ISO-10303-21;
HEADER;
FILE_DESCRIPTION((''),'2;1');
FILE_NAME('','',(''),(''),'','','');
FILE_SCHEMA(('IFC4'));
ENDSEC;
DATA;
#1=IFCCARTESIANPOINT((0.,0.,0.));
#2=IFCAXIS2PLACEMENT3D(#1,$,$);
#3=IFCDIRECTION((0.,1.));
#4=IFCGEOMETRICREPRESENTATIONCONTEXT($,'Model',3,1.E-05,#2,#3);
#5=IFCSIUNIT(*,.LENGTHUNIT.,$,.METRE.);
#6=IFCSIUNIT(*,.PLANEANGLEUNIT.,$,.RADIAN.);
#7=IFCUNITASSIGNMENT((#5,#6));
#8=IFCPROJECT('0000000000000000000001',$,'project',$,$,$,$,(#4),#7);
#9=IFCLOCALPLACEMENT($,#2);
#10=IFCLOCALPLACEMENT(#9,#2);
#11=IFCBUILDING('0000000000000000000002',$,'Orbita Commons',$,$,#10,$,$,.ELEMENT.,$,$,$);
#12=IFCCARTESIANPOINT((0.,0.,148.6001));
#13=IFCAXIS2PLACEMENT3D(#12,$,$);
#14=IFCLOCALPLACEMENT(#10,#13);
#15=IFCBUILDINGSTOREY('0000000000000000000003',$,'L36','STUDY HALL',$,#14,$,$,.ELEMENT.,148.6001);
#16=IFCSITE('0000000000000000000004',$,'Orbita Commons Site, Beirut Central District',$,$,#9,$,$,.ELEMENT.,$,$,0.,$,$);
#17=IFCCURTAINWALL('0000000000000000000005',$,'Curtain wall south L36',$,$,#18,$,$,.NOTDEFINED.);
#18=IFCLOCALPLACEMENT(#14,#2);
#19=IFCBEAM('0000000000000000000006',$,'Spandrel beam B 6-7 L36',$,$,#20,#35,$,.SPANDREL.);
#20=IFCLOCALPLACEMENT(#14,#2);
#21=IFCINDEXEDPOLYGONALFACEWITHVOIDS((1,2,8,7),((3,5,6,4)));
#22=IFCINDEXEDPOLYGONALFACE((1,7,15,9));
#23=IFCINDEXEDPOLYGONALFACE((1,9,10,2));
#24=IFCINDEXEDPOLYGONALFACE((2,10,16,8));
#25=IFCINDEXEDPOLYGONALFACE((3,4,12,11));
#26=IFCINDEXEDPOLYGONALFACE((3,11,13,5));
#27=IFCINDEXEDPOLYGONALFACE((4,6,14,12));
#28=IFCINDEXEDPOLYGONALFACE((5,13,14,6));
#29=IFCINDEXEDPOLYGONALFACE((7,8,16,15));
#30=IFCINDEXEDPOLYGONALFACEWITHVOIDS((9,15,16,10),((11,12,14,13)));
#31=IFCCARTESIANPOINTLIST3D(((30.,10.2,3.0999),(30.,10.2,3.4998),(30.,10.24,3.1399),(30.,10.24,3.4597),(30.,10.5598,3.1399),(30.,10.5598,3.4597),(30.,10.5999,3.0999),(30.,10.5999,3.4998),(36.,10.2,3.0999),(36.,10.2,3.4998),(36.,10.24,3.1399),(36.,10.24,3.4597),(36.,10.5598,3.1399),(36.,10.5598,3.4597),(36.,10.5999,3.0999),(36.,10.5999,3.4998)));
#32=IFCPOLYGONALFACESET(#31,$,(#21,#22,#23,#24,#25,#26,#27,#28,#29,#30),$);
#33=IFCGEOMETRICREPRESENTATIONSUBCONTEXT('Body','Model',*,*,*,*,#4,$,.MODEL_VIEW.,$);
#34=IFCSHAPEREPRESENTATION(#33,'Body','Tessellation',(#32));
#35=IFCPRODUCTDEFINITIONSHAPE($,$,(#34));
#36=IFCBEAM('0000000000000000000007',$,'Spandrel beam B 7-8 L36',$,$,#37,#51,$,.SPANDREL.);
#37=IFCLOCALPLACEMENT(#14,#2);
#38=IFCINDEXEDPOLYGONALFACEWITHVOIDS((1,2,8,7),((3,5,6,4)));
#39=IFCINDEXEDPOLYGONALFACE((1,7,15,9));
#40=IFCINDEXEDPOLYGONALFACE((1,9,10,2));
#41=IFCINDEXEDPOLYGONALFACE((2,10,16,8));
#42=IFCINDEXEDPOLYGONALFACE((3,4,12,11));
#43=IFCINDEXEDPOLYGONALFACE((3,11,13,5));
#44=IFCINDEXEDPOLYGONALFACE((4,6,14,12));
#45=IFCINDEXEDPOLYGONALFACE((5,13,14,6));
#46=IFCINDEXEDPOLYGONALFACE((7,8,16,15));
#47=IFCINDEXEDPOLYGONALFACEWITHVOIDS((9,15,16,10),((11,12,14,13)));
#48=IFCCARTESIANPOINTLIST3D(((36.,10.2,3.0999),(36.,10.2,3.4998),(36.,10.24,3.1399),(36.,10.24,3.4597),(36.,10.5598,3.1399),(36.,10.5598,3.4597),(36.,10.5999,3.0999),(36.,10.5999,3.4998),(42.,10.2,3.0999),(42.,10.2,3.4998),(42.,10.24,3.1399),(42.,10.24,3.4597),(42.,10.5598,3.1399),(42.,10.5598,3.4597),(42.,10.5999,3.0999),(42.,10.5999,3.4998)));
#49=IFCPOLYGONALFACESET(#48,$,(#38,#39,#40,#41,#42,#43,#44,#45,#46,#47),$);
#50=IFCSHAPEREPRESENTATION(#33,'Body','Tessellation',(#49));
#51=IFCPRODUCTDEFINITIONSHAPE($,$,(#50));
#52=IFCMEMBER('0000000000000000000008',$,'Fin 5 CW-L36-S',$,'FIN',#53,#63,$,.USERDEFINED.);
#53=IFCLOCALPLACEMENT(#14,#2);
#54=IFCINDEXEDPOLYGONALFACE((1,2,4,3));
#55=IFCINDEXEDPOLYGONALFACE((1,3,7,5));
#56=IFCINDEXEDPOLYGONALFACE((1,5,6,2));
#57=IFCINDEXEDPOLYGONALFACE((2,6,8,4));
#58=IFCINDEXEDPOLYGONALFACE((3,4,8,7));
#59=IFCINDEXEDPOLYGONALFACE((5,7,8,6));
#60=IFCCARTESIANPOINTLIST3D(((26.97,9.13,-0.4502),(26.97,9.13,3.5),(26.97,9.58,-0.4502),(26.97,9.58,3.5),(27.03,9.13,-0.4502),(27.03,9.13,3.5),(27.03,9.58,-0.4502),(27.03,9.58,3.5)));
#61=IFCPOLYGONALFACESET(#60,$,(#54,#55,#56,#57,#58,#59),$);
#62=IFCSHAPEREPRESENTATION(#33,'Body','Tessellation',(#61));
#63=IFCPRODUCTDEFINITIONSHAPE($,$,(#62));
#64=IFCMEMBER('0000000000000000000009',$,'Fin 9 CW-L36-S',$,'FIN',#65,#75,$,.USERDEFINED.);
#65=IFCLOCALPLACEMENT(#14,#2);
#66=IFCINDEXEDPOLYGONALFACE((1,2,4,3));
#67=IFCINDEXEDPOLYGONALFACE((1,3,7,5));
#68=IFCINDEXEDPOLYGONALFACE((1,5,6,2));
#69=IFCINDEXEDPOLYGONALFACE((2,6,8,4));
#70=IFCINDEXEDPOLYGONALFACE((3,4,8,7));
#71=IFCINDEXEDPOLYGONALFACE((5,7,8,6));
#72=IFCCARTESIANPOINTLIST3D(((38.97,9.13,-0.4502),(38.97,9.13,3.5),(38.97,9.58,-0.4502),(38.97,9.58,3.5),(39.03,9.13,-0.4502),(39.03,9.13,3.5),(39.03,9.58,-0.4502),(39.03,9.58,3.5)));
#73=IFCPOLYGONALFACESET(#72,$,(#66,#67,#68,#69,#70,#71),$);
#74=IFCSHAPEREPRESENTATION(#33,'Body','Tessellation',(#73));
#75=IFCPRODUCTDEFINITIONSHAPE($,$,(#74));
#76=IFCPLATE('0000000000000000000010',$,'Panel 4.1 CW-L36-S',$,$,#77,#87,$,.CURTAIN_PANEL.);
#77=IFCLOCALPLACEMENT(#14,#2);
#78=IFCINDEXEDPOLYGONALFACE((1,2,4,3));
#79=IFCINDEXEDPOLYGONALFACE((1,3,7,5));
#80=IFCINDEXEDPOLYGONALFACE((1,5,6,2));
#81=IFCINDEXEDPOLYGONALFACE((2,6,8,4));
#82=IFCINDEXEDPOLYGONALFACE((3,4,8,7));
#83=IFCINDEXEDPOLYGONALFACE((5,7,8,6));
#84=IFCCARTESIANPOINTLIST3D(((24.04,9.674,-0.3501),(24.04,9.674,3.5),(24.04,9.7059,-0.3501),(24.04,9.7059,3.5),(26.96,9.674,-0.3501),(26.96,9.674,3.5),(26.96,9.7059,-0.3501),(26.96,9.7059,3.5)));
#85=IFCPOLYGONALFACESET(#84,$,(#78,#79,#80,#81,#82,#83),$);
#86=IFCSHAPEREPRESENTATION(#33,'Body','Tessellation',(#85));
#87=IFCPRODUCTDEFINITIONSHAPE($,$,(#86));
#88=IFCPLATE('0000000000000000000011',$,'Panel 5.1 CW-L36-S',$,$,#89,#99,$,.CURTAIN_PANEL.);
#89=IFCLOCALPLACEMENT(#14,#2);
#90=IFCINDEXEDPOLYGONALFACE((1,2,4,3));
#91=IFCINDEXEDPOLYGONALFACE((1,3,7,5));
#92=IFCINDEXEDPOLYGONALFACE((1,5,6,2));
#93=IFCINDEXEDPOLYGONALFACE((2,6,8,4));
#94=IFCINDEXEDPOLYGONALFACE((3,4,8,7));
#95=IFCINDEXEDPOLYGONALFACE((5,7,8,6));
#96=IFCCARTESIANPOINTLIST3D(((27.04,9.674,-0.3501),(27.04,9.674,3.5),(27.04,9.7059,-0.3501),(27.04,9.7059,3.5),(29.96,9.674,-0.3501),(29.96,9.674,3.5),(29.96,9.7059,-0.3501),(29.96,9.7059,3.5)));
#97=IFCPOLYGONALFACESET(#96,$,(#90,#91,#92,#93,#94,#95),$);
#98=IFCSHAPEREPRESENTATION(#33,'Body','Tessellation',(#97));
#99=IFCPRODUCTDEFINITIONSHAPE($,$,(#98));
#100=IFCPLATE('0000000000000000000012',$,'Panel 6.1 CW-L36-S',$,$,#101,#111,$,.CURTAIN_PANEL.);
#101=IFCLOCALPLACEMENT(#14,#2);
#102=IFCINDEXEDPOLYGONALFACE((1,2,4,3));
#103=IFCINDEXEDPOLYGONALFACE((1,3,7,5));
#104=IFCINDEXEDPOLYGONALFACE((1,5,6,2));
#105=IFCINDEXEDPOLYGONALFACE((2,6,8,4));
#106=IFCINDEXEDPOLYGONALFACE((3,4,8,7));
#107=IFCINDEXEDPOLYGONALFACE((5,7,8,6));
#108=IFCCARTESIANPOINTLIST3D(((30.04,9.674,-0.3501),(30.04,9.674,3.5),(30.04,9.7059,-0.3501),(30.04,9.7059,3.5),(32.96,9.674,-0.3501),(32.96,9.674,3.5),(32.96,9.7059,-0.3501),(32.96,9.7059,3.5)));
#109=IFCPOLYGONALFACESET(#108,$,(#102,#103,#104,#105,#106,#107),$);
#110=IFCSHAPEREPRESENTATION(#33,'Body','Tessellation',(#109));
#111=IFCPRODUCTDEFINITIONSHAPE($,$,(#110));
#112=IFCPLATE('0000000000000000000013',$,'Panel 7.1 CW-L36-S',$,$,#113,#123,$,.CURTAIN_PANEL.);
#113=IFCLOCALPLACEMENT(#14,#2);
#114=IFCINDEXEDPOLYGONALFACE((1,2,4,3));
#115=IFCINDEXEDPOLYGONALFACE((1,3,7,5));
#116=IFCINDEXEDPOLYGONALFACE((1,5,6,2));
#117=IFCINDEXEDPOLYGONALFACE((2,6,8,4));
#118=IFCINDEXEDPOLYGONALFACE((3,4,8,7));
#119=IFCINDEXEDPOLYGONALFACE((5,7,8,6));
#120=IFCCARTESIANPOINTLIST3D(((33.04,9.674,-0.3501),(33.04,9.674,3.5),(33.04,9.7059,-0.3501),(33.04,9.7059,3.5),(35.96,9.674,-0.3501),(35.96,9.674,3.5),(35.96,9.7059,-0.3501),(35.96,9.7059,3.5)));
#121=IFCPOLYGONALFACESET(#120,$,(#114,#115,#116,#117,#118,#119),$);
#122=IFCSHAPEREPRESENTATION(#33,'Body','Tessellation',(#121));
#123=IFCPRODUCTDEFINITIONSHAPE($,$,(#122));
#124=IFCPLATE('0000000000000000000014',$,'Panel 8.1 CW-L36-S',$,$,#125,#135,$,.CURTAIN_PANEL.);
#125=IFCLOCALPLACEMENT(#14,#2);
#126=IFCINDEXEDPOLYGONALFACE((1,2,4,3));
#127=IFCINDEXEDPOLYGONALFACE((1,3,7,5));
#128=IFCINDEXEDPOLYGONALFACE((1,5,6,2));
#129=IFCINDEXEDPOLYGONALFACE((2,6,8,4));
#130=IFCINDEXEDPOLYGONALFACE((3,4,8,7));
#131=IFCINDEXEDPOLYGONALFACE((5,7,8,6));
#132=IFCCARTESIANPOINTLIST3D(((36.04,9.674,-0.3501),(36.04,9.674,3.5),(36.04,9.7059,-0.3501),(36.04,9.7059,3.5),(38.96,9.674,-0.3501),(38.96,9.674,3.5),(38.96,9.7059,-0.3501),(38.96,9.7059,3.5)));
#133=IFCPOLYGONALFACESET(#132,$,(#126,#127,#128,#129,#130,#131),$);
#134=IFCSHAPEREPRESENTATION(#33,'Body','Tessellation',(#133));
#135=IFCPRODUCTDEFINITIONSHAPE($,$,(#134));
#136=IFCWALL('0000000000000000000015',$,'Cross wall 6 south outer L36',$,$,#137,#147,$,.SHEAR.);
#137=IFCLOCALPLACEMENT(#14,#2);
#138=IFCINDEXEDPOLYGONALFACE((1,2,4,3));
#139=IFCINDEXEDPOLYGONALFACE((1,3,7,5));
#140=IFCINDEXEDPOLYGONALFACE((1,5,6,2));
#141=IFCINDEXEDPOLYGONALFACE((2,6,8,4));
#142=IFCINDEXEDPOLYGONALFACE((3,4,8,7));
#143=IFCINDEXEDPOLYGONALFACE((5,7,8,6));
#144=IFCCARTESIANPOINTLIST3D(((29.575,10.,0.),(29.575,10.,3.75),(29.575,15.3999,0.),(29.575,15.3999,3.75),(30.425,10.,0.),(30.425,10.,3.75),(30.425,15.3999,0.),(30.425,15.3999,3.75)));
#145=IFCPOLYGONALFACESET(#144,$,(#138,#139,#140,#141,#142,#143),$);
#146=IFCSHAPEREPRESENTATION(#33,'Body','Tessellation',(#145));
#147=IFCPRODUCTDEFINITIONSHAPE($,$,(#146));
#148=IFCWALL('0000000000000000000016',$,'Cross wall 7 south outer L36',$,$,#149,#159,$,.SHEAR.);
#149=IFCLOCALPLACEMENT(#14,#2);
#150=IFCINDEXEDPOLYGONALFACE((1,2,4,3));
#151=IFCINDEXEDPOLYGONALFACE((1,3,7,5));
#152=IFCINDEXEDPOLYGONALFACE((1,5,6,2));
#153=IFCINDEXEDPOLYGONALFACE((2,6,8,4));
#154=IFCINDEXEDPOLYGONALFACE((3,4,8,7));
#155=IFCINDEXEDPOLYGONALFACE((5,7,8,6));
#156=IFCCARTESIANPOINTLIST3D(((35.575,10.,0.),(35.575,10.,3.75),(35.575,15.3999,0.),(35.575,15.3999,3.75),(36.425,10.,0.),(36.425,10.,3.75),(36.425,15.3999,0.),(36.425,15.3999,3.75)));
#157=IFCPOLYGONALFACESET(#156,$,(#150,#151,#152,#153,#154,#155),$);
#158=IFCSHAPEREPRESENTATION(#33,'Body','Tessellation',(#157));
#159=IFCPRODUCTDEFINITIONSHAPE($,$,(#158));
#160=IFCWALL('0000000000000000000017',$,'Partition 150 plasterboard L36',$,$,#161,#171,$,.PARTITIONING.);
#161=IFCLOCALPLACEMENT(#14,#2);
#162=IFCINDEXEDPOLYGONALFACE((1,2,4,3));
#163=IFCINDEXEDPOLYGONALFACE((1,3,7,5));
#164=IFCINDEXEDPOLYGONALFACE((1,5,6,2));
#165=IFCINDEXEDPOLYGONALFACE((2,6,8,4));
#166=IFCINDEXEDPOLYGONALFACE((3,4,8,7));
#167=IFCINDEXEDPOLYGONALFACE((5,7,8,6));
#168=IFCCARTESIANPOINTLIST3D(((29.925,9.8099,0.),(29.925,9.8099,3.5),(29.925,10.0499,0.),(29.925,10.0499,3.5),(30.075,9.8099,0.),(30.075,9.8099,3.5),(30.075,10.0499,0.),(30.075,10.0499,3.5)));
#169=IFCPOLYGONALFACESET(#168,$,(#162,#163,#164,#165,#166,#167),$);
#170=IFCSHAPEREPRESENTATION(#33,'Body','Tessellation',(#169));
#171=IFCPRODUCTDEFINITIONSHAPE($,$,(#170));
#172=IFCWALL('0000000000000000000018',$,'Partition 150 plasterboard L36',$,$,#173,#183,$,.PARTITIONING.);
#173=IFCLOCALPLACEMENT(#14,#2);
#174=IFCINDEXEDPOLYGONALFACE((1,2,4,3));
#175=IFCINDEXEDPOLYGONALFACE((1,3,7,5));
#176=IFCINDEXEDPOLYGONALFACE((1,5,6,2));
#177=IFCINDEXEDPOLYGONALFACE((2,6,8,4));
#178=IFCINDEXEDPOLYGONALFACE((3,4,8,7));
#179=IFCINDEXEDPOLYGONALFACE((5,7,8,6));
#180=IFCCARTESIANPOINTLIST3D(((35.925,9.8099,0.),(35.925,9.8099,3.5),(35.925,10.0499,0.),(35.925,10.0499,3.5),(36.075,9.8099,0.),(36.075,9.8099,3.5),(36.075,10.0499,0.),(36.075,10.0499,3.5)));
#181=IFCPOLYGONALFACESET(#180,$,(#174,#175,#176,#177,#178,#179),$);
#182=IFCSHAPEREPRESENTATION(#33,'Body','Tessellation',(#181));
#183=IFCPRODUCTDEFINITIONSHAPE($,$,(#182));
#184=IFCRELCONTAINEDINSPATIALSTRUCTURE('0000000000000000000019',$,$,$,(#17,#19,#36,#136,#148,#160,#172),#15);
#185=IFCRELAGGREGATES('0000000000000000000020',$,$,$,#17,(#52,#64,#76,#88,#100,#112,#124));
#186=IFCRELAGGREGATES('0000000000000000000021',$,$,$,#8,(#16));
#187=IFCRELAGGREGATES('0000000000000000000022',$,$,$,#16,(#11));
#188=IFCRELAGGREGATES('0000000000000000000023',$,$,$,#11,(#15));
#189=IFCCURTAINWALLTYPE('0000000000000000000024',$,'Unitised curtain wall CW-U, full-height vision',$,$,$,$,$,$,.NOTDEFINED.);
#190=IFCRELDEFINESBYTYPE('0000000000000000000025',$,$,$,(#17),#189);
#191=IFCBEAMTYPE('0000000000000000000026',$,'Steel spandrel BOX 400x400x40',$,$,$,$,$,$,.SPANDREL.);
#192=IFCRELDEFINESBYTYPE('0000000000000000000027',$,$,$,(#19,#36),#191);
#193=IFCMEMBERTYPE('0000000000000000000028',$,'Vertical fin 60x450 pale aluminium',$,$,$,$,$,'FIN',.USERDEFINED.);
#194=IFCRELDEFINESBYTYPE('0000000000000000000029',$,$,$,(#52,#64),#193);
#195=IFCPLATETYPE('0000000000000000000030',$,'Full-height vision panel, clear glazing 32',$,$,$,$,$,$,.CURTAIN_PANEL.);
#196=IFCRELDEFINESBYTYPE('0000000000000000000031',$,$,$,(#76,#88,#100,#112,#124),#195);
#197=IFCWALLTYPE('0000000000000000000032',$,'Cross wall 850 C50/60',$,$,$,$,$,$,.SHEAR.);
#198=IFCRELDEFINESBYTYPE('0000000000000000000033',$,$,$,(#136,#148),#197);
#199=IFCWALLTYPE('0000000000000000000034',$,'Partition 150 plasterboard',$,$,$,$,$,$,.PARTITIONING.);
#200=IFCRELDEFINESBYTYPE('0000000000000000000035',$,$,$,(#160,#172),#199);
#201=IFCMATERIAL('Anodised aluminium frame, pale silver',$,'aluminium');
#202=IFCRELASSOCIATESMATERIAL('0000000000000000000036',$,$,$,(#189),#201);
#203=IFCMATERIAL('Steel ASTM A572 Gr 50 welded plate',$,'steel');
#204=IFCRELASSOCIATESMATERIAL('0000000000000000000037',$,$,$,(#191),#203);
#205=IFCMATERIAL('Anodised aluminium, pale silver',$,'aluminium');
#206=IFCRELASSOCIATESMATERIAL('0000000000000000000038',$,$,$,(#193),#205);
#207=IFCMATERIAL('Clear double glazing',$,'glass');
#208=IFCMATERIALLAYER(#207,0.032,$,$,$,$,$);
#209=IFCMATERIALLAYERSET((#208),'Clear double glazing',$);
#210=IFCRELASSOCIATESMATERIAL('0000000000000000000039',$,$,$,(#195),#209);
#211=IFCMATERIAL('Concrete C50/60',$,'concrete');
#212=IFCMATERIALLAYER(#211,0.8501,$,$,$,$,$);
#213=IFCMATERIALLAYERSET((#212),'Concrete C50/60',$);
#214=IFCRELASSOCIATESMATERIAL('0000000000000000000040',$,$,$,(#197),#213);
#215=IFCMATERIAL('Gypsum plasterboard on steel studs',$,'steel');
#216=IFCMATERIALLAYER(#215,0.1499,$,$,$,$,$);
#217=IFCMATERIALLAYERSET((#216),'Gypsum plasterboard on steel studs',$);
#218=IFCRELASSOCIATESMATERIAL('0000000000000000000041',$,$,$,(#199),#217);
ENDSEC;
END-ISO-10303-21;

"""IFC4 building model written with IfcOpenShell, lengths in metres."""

from ifc_helpers import new_model, si_unit, direction, frame, frame_2d, origin, origin_2d, place, context, subcontext, project, spatial, rectangle, hollow_rectangle, extrude, material, layer, layer_set, material_profile, profile_set, type_object, element, aggregate, save


model = new_model("IFC4")

# Units and contexts
model_context = context("Model", 3, precision=1e-05, world=origin(), true_north=direction((0.0, 1.0)))
body_context = subcontext(model_context, "Body", "Model", "MODEL_VIEW")
ifc_project = project(units=[si_unit("LENGTHUNIT", "METRE"), si_unit("PLANEANGLEUNIT", "RADIAN")], contexts=[model_context])

# Site, building, storey
site_placement = place(None, origin())
site = spatial("IfcSite", under=ifc_project, at=site_placement, Name="Orbita Commons Site, Beirut Central District", CompositionType="ELEMENT", RefElevation=0.0)
building_placement = place(site_placement, origin())
building = spatial("IfcBuilding", under=site, at=building_placement, Name="Orbita Commons", CompositionType="ELEMENT")
storey_placement = place(building_placement, frame((0.0, 0.0, 148.6001)))
storey = spatial("IfcBuildingStorey", under=building, at=storey_placement, Name="L36", Description="STUDY HALL", CompositionType="ELEMENT", Elevation=148.6001)

# Curtain wall
ifc_material_1 = material(Name="Anodised aluminium frame, pale silver", Category="aluminium")
curtain_wall_type = type_object("IfcCurtainWallType", Name="Unitised curtain wall CW-U, full-height vision", PredefinedType="NOTDEFINED", material=ifc_material_1)
curtain_wall_placement = place(storey_placement, origin())
curtain_wall = element("IfcCurtainWall", 1, at=curtain_wall_placement, inside=storey, type_object=curtain_wall_type, Name="Curtain wall south L36", PredefinedType="NOTDEFINED")

# Beams
ifc_material_2 = material(Name="Steel ASTM A572 Gr 50 welded plate", Category="steel")
ifc_material_profile_1 = material_profile(ifc_material_2, hollow_rectangle(XDim=0.3999, YDim=0.3999, WallThickness=0.04, at=origin_2d()), Name="BOX 400x400x40")
ifc_profile_set_1 = profile_set([ifc_material_profile_1], Name="Steel ASTM A572 Gr 50 welded plate")
beam_type = type_object("IfcBeamType", Name="Steel spandrel BOX 400x400x40", PredefinedType="SPANDREL", material=ifc_profile_set_1)
for number, where, z_axis, x_axis, name in (
    (2, (30.0, 10.3999, 3.2998), (1.0, 0.0, 0.0), (0.0, 1.0, 0.0), "Spandrel beam B 6-7 L36"),
    (3, (36.0, 10.3999, 3.2998), (1.0, 0.0, 0.0), (0.0, 1.0, 0.0), "Spandrel beam B 7-8 L36"),
):
    element("IfcBeam", number, at=place(storey_placement, frame(where, z_axis=z_axis, x_axis=x_axis)), inside=storey, type_object=beam_type, Name=name, PredefinedType="SPANDREL", context=body_context, shape_type="SweptSolid", body=[
        extrude(hollow_rectangle(XDim=0.3999, YDim=0.3999, WallThickness=0.04, at=origin_2d()), origin(), (0.0, 0.0, 1.0), 6.0),
    ])

# Members
ifc_material_3 = material(Name="Anodised aluminium, pale silver", Category="aluminium")
ifc_material_profile_2 = material_profile(ifc_material_3, rectangle(XDim=0.0601, YDim=0.45, at=origin_2d()), Name="FIN 60x450")
ifc_profile_set_2 = profile_set([ifc_material_profile_2], Name="Anodised aluminium, pale silver")
member_type_1 = type_object("IfcMemberType", Name="Vertical fin 60x450 pale aluminium", ElementType="FIN", PredefinedType="USERDEFINED", material=ifc_profile_set_2)
member_1_placement = place(storey_placement, frame((27.0, 9.355, -0.4502), z_axis=(0.0, 0.0, 1.0), x_axis=(1.0, 0.0, 0.0)))
member_1 = element("IfcMember", 4, at=member_1_placement, type_object=member_type_1, Name="Fin 5 CW-L36-S", ObjectType="FIN", PredefinedType="USERDEFINED", context=body_context, shape_type="SweptSolid", body=[
    extrude(rectangle(XDim=0.0601, YDim=0.45, at=origin_2d()), origin(), (0.0, 0.0, 1.0), 3.9502),
])
member_2_placement = place(storey_placement, frame((39.0, 9.355, -0.4502), z_axis=(0.0, 0.0, 1.0), x_axis=(1.0, 0.0, 0.0)))
member_2 = element("IfcMember", 5, at=member_2_placement, type_object=member_type_1, Name="Fin 9 CW-L36-S", ObjectType="FIN", PredefinedType="USERDEFINED", context=body_context, shape_type="SweptSolid", body=[
    extrude(rectangle(XDim=0.0601, YDim=0.45, at=origin_2d()), origin(), (0.0, 0.0, 1.0), 3.9502),
])

# Plates
ifc_material_4 = material(Name="Clear double glazing", Category="glass")
ifc_layer_1 = layer(ifc_material_4, 0.032)
ifc_layer_set_1 = layer_set([ifc_layer_1], Name="Clear double glazing")
plate_type = type_object("IfcPlateType", Name="Full-height vision panel, clear glazing 32", PredefinedType="CURTAIN_PANEL", material=ifc_layer_set_1)
plate_1_placement = place(storey_placement, frame((25.5, 9.6899, -0.3501), z_axis=(0.0, 0.0, 1.0), x_axis=(1.0, 0.0, 0.0)))
plate_1 = element("IfcPlate", 6, at=plate_1_placement, type_object=plate_type, Name="Panel 4.1 CW-L36-S", PredefinedType="CURTAIN_PANEL", context=body_context, shape_type="SweptSolid", body=[
    extrude(rectangle(XDim=2.9199, YDim=0.032, at=origin_2d()), origin(), (0.0, 0.0, 1.0), 3.8501),
])
plate_2_placement = place(storey_placement, frame((28.5, 9.6899, -0.3501), z_axis=(0.0, 0.0, 1.0), x_axis=(1.0, 0.0, 0.0)))
plate_2 = element("IfcPlate", 7, at=plate_2_placement, type_object=plate_type, Name="Panel 5.1 CW-L36-S", PredefinedType="CURTAIN_PANEL", context=body_context, shape_type="SweptSolid", body=[
    extrude(rectangle(XDim=2.9199, YDim=0.032, at=origin_2d()), origin(), (0.0, 0.0, 1.0), 3.8501),
])
plate_3_placement = place(storey_placement, frame((31.5, 9.6899, -0.3501), z_axis=(0.0, 0.0, 1.0), x_axis=(1.0, 0.0, 0.0)))
plate_3 = element("IfcPlate", 8, at=plate_3_placement, type_object=plate_type, Name="Panel 6.1 CW-L36-S", PredefinedType="CURTAIN_PANEL", context=body_context, shape_type="SweptSolid", body=[
    extrude(rectangle(XDim=2.9199, YDim=0.032, at=origin_2d()), origin(), (0.0, 0.0, 1.0), 3.8501),
])
plate_4_placement = place(storey_placement, frame((34.5, 9.6899, -0.3501), z_axis=(0.0, 0.0, 1.0), x_axis=(1.0, 0.0, 0.0)))
plate_4 = element("IfcPlate", 9, at=plate_4_placement, type_object=plate_type, Name="Panel 7.1 CW-L36-S", PredefinedType="CURTAIN_PANEL", context=body_context, shape_type="SweptSolid", body=[
    extrude(rectangle(XDim=2.9199, YDim=0.032, at=origin_2d()), origin(), (0.0, 0.0, 1.0), 3.8501),
])
plate_5_placement = place(storey_placement, frame((37.5, 9.6899, -0.3501), z_axis=(0.0, 0.0, 1.0), x_axis=(1.0, 0.0, 0.0)))
plate_5 = element("IfcPlate", 10, at=plate_5_placement, type_object=plate_type, Name="Panel 8.1 CW-L36-S", PredefinedType="CURTAIN_PANEL", context=body_context, shape_type="SweptSolid", body=[
    extrude(rectangle(XDim=2.9199, YDim=0.032, at=origin_2d()), origin(), (0.0, 0.0, 1.0), 3.8501),
])
aggregate(curtain_wall, [member_1, member_2, plate_1, plate_2, plate_3, plate_4, plate_5])

# Walls
ifc_material_5 = material(Name="Concrete C50/60", Category="concrete")
ifc_layer_2 = layer(ifc_material_5, 0.8501)
ifc_layer_set_2 = layer_set([ifc_layer_2], Name="Concrete C50/60")
wall_type_1 = type_object("IfcWallType", Name="Cross wall 850 C50/60", PredefinedType="SHEAR", material=ifc_layer_set_2)
for number, where, z_axis, x_axis, name in (
    (11, (30.0, 10.0, 0.0), (0.0, 0.0, 1.0), (0.0, 1.0, 0.0), "Cross wall 6 south outer L36"),
    (12, (36.0, 10.0, 0.0), (0.0, 0.0, 1.0), (0.0, 1.0, 0.0), "Cross wall 7 south outer L36"),
):
    element("IfcWall", number, at=place(storey_placement, frame(where, z_axis=z_axis, x_axis=x_axis)), inside=storey, type_object=wall_type_1, Name=name, PredefinedType="SHEAR", context=body_context, shape_type="SweptSolid", body=[
        extrude(rectangle(XDim=5.3999, YDim=0.8501, at=frame_2d((2.7, 0.0))), origin(), (0.0, 0.0, 1.0), 3.75),
    ])
ifc_material_6 = material(Name="Gypsum plasterboard on steel studs", Category="steel")
ifc_layer_3 = layer(ifc_material_6, 0.1499)
ifc_layer_set_3 = layer_set([ifc_layer_3], Name="Gypsum plasterboard on steel studs")
wall_type_2 = type_object("IfcWallType", Name="Partition 150 plasterboard", PredefinedType="PARTITIONING", material=ifc_layer_set_3)
for number, where, z_axis, x_axis, name in (
    (13, (30.0, 10.05, 0.0), (0.0, 0.0, 1.0), (0.0, -1.0, 0.0), "Partition 150 plasterboard L36"),
    (14, (36.0, 10.05, 0.0), (0.0, 0.0, 1.0), (0.0, -1.0, 0.0), "Partition 150 plasterboard L36"),
):
    element("IfcWall", number, at=place(storey_placement, frame(where, z_axis=z_axis, x_axis=x_axis)), inside=storey, type_object=wall_type_2, Name=name, PredefinedType="PARTITIONING", context=body_context, shape_type="SweptSolid", body=[
        extrude(rectangle(XDim=0.24, YDim=0.1499, at=frame_2d((0.1201, 0.0))), origin(), (0.0, 0.0, 1.0), 3.5),
    ])

save(model, "model.ifc")
